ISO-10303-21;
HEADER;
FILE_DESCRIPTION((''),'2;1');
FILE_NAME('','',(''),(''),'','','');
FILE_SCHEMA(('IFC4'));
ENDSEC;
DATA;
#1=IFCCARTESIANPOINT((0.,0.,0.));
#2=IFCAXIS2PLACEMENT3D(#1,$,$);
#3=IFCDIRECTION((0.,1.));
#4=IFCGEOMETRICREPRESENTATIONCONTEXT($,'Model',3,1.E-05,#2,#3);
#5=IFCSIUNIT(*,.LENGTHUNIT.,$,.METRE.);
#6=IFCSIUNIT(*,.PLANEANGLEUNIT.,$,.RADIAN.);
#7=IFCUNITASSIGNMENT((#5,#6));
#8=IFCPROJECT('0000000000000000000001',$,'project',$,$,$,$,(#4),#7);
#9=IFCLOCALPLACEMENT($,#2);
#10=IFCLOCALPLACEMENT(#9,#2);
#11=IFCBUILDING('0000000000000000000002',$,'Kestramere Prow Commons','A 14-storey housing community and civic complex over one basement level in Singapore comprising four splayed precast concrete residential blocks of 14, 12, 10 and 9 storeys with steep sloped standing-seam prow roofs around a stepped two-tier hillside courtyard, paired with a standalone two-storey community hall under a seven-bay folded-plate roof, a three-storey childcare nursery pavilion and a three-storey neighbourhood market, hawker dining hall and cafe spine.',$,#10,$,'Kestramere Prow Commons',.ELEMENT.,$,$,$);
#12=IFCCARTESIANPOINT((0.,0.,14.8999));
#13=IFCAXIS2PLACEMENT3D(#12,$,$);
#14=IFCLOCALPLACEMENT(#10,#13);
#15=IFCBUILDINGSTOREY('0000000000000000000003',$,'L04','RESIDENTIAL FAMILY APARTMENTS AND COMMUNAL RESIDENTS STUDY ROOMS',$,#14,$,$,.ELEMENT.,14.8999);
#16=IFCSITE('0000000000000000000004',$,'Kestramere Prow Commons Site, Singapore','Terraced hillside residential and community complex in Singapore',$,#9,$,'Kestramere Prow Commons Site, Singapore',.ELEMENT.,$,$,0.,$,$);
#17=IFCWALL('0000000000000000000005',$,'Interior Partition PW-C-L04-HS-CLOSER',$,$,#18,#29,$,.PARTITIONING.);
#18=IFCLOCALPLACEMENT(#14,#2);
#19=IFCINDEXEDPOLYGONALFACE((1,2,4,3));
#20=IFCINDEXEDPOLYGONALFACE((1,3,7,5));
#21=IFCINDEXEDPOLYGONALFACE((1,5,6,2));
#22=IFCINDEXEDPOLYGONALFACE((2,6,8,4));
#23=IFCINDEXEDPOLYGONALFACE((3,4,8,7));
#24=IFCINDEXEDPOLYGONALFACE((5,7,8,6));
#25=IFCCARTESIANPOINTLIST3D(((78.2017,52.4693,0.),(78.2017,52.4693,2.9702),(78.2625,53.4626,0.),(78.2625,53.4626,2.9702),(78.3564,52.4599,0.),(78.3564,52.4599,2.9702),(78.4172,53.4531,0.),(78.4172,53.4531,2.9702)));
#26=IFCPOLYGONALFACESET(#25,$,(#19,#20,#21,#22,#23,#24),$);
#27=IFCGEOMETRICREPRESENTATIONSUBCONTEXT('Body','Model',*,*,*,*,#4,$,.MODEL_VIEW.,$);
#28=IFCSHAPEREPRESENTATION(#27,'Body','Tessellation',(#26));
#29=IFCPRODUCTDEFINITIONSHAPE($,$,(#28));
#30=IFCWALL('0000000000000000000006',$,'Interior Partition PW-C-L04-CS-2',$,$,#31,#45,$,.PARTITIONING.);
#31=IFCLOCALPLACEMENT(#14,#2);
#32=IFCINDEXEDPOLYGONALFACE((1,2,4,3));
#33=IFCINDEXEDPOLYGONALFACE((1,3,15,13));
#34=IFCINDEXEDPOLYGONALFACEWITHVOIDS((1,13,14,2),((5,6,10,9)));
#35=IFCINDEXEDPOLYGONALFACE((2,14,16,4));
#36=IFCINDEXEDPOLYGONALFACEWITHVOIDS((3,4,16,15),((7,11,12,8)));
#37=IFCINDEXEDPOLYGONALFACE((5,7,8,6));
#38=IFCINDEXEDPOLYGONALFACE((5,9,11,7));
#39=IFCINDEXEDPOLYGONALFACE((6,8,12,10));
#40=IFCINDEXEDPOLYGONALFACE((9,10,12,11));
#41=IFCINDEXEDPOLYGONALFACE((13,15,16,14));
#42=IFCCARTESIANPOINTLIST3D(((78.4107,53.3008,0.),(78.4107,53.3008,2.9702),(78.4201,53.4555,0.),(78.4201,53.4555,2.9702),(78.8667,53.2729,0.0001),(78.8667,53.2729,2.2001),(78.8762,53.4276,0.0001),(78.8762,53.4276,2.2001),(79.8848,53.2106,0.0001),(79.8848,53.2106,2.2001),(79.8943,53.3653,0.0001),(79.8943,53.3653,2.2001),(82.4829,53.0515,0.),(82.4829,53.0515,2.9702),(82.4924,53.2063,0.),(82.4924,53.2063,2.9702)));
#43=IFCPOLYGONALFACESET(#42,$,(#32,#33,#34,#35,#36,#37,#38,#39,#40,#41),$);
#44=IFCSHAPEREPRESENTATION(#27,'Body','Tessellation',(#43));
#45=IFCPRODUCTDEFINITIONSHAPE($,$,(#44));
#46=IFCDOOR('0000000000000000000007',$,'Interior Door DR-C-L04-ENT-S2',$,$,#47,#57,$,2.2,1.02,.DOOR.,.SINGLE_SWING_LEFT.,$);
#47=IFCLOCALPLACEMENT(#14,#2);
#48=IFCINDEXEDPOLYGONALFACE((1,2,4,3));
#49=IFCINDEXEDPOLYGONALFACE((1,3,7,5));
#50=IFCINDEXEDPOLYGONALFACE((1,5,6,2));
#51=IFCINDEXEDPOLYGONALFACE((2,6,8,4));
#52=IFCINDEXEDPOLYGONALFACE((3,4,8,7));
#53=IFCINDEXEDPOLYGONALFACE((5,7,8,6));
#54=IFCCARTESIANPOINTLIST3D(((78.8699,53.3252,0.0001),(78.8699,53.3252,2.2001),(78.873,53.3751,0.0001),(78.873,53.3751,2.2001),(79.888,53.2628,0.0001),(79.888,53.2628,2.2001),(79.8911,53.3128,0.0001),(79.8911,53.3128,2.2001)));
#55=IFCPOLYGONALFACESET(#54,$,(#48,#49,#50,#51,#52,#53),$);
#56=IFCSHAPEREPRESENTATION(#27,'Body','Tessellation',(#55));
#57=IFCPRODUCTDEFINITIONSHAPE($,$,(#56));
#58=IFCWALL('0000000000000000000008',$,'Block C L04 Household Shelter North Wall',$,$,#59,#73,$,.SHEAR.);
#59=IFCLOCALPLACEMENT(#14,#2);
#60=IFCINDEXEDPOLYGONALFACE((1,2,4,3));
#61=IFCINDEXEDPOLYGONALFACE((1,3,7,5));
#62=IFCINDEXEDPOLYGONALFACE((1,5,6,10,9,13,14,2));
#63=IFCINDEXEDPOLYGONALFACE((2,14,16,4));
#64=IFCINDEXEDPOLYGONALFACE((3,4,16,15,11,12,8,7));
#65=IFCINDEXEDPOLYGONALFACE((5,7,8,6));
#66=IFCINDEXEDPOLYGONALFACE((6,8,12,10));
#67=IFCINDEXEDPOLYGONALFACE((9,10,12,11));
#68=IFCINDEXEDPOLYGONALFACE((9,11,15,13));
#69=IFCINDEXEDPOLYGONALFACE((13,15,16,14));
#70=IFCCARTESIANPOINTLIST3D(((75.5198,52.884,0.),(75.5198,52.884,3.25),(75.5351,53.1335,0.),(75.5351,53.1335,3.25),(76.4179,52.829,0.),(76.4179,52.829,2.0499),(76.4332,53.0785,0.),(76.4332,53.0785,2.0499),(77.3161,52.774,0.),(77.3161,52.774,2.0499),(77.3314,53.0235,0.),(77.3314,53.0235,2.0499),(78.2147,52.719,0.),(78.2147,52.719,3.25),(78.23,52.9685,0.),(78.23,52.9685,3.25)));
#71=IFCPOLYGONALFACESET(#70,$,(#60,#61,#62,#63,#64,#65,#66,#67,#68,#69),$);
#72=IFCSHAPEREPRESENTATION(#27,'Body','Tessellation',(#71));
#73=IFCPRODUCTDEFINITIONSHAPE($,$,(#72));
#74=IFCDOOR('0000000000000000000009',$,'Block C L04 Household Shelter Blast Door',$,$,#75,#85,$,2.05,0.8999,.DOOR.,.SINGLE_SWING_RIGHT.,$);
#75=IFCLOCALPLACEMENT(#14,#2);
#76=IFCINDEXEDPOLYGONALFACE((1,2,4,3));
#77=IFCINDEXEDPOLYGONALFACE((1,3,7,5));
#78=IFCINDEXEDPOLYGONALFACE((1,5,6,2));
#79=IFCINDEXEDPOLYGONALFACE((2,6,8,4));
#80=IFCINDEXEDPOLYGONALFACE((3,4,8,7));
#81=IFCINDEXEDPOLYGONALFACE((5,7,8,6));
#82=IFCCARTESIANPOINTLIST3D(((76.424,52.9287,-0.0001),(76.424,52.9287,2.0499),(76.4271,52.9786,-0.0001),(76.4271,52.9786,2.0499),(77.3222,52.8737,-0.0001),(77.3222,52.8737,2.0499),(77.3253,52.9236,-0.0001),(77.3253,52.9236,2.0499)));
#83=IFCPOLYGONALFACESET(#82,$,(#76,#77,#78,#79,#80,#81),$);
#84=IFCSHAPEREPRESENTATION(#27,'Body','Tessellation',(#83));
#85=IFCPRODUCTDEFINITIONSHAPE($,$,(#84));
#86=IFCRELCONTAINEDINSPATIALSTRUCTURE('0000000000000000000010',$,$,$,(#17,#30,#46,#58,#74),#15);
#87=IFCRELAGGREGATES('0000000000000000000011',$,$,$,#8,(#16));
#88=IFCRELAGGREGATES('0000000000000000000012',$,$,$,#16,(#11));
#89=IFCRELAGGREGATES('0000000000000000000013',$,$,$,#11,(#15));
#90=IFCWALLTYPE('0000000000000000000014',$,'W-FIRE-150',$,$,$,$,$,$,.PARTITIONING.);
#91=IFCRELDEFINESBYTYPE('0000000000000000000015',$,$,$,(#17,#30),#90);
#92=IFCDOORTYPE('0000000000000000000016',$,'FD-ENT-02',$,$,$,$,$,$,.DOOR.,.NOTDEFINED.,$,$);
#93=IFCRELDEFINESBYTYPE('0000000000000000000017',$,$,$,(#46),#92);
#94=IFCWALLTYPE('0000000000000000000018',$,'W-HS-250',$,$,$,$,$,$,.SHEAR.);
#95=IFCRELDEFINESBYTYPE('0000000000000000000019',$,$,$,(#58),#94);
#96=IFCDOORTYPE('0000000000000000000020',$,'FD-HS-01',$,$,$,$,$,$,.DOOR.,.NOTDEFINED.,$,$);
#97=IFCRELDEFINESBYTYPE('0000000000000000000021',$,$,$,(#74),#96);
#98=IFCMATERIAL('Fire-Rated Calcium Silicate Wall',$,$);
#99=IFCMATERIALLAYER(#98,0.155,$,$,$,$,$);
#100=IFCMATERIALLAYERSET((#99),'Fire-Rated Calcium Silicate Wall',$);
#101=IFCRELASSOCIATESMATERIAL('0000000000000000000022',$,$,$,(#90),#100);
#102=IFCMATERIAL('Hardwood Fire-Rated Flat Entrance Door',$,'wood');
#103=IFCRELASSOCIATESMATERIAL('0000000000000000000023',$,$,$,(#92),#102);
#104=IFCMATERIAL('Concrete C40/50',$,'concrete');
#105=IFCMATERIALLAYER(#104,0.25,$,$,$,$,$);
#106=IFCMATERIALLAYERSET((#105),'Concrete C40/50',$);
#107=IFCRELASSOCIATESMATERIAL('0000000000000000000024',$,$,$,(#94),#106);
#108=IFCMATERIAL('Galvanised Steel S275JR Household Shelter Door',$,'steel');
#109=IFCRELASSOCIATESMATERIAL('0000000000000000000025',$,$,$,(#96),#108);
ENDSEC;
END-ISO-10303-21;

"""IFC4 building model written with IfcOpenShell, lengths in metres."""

from ifc_helpers import new_model, si_unit, direction, frame, frame_2d, origin, place, context, subcontext, project, spatial, rectangle, extrude, material, layer, layer_set, type_object, element, fill, save


model = new_model("IFC4")

# Units and contexts
model_context = context("Model", 3, precision=1e-05, world=origin(), true_north=direction((0.0, 1.0)))
body_context = subcontext(model_context, "Body", "Model", "MODEL_VIEW")
ifc_project = project(units=[si_unit("LENGTHUNIT", "METRE"), si_unit("PLANEANGLEUNIT", "RADIAN")], contexts=[model_context])

# Site, building, storey
site_placement = place(None, origin())
site = spatial("IfcSite", under=ifc_project, at=site_placement, Name="Kestramere Prow Commons Site, Singapore", Description="Terraced hillside residential and community complex in Singapore", LongName="Kestramere Prow Commons Site, Singapore", CompositionType="ELEMENT", RefElevation=0.0)
building_placement = place(site_placement, origin())
building = spatial("IfcBuilding", under=site, at=building_placement, Name="Kestramere Prow Commons", Description="A 14-storey housing community and civic complex over one basement level in Singapore comprising four splayed precast concrete residential blocks of 14, 12, 10 and 9 storeys with steep sloped standing-seam prow roofs around a stepped two-tier hillside courtyard, paired with a standalone two-storey community hall under a seven-bay folded-plate roof, a three-storey childcare nursery pavilion and a three-storey neighbourhood market, hawker dining hall and cafe spine.", LongName="Kestramere Prow Commons", CompositionType="ELEMENT")
storey_placement = place(building_placement, frame((0.0, 0.0, 14.8999)))
storey = spatial("IfcBuildingStorey", under=building, at=storey_placement, Name="L04", Description="RESIDENTIAL FAMILY APARTMENTS AND COMMUNAL RESIDENTS STUDY ROOMS", CompositionType="ELEMENT", Elevation=14.8999)

# Shared definitions
ifc_material_1 = material(Name="Concrete C40/50", Category="concrete")

# Shared definitions
ifc_material_2 = material(Name="Fire-Rated Calcium Silicate Wall")
ifc_layer_1 = layer(ifc_material_2, 0.155)
ifc_layer_set_1 = layer_set([ifc_layer_1], Name="Fire-Rated Calcium Silicate Wall")
wall_type_1 = type_object("IfcWallType", Name="W-FIRE-150", PredefinedType="PARTITIONING", material=ifc_layer_set_1)
ifc_material_3 = material(Name="Hardwood Fire-Rated Flat Entrance Door", Category="wood")
door_type_1 = type_object("IfcDoorType", Name="FD-ENT-02", OperationType="NOTDEFINED", PredefinedType="DOOR", material=ifc_material_3)

# Wall
wall_1_placement = place(storey_placement, frame((78.2791, 52.4646, 0.0), z_axis=(0.0, 0.0, 1.0), x_axis=(0.061095, 0.998132, 0.0)))
element("IfcWall", 1, at=wall_1_placement, inside=storey, type_object=wall_type_1, Name="Interior Partition PW-C-L04-HS-CLOSER", PredefinedType="PARTITIONING", context=body_context, shape_type="SweptSolid", body=[
    extrude(rectangle(XDim=0.9951, YDim=0.155, at=frame_2d((0.4976, 0.0))), origin(), (0.0, 0.0, 1.0), 2.9702),
])

# Walls, openings, doors
wall_2_placement = place(storey_placement, frame((78.4153, 53.3782, 0.0), z_axis=(0.0, 0.0, 1.0), x_axis=(0.998132, -0.061097, 0.0)))
wall_2 = element("IfcWall", 2, at=wall_2_placement, inside=storey, type_object=wall_type_1, Name="Interior Partition PW-C-L04-CS-2", PredefinedType="PARTITIONING", context=body_context, shape_type="SweptSolid", body=[
    extrude(rectangle(XDim=4.0798, YDim=0.155, at=frame_2d((2.04, 0.0))), origin(), (0.0, 0.0, 1.0), 2.9702),
])
opening_1_placement = place(wall_2_placement, frame((0.457, 0.0, 0.0)))
opening_1 = element("IfcOpeningElement", 3, at=opening_1_placement, cuts=wall_2, PredefinedType="OPENING", context=body_context, shape_type="SweptSolid", body=[
    extrude(rectangle(XDim=1.02, YDim=2.2, at=frame_2d((0.51, 1.1001))), frame((0.0, 0.0925, 0.0), z_axis=(0.0, -1.0, 0.0), x_axis=(1.0, 0.0, 0.0)), (0.0, 0.0, 1.0), 0.1851),
])
door_1_placement = place(opening_1_placement, origin())
door_1 = element("IfcDoor", 4, at=door_1_placement, inside=storey, type_object=door_type_1, Name="Interior Door DR-C-L04-ENT-S2", OperationType="SINGLE_SWING_LEFT", OverallHeight=2.2, OverallWidth=1.02, PredefinedType="DOOR", context=body_context, shape_type="SweptSolid", body=[
    extrude(rectangle(XDim=1.02, YDim=2.2, at=frame_2d((0.51, 1.1001))), frame((0.0, 0.0249, 0.0), z_axis=(0.0, -1.0, 0.0), x_axis=(1.0, 0.0, 0.0)), (0.0, 0.0, 1.0), 0.05),
])
fill(opening_1, door_1)
ifc_layer_2 = layer(ifc_material_1, 0.25)
ifc_layer_set_2 = layer_set([ifc_layer_2], Name="Concrete C40/50")
wall_type_2 = type_object("IfcWallType", Name="W-HS-250", PredefinedType="SHEAR", material=ifc_layer_set_2)
wall_3_placement = place(storey_placement, frame((75.5273, 53.0088, 0.0), z_axis=(0.0, 0.0, 1.0), x_axis=(0.99813, -0.061128, 0.0)))
wall_3 = element("IfcWall", 5, at=wall_3_placement, inside=storey, type_object=wall_type_2, Name="Block C L04 Household Shelter North Wall", PredefinedType="SHEAR", context=body_context, shape_type="SweptSolid", body=[
    extrude(rectangle(XDim=2.7, YDim=0.25, at=frame_2d((1.3501, 0.0))), origin(), (0.0, 0.0, 1.0), 3.25),
])
opening_2_placement = place(wall_3_placement, frame((0.8999, 0.0, 0.0)))
opening_2 = element("IfcOpeningElement", 6, at=opening_2_placement, cuts=wall_3, PredefinedType="OPENING", context=body_context, shape_type="SweptSolid", body=[
    extrude(rectangle(XDim=0.8999, YDim=2.05, at=frame_2d((0.45, 1.0249))), frame((0.0, 0.1399, 0.0), z_axis=(0.0, -1.0, 0.0), x_axis=(1.0, 0.0, 0.0)), (0.0, 0.0, 1.0), 0.28),
])
ifc_material_4 = material(Name="Galvanised Steel S275JR Household Shelter Door", Category="steel")
door_type_2 = type_object("IfcDoorType", Name="FD-HS-01", OperationType="NOTDEFINED", PredefinedType="DOOR", material=ifc_material_4)
door_2_placement = place(opening_2_placement, origin())
door_2 = element("IfcDoor", 7, at=door_2_placement, inside=storey, type_object=door_type_2, Name="Block C L04 Household Shelter Blast Door", OperationType="SINGLE_SWING_RIGHT", OverallHeight=2.05, OverallWidth=0.8999, PredefinedType="DOOR", context=body_context, shape_type="SweptSolid", body=[
    extrude(rectangle(XDim=0.8999, YDim=2.05, at=frame_2d((0.45, 1.0249))), frame((0.0, 0.0249, 0.0), z_axis=(0.0, -1.0, 0.0), x_axis=(1.0, 0.0, 0.0)), (0.0, 0.0, 1.0), 0.05),
])
fill(opening_2, door_2)

save(model, "model.ifc")
